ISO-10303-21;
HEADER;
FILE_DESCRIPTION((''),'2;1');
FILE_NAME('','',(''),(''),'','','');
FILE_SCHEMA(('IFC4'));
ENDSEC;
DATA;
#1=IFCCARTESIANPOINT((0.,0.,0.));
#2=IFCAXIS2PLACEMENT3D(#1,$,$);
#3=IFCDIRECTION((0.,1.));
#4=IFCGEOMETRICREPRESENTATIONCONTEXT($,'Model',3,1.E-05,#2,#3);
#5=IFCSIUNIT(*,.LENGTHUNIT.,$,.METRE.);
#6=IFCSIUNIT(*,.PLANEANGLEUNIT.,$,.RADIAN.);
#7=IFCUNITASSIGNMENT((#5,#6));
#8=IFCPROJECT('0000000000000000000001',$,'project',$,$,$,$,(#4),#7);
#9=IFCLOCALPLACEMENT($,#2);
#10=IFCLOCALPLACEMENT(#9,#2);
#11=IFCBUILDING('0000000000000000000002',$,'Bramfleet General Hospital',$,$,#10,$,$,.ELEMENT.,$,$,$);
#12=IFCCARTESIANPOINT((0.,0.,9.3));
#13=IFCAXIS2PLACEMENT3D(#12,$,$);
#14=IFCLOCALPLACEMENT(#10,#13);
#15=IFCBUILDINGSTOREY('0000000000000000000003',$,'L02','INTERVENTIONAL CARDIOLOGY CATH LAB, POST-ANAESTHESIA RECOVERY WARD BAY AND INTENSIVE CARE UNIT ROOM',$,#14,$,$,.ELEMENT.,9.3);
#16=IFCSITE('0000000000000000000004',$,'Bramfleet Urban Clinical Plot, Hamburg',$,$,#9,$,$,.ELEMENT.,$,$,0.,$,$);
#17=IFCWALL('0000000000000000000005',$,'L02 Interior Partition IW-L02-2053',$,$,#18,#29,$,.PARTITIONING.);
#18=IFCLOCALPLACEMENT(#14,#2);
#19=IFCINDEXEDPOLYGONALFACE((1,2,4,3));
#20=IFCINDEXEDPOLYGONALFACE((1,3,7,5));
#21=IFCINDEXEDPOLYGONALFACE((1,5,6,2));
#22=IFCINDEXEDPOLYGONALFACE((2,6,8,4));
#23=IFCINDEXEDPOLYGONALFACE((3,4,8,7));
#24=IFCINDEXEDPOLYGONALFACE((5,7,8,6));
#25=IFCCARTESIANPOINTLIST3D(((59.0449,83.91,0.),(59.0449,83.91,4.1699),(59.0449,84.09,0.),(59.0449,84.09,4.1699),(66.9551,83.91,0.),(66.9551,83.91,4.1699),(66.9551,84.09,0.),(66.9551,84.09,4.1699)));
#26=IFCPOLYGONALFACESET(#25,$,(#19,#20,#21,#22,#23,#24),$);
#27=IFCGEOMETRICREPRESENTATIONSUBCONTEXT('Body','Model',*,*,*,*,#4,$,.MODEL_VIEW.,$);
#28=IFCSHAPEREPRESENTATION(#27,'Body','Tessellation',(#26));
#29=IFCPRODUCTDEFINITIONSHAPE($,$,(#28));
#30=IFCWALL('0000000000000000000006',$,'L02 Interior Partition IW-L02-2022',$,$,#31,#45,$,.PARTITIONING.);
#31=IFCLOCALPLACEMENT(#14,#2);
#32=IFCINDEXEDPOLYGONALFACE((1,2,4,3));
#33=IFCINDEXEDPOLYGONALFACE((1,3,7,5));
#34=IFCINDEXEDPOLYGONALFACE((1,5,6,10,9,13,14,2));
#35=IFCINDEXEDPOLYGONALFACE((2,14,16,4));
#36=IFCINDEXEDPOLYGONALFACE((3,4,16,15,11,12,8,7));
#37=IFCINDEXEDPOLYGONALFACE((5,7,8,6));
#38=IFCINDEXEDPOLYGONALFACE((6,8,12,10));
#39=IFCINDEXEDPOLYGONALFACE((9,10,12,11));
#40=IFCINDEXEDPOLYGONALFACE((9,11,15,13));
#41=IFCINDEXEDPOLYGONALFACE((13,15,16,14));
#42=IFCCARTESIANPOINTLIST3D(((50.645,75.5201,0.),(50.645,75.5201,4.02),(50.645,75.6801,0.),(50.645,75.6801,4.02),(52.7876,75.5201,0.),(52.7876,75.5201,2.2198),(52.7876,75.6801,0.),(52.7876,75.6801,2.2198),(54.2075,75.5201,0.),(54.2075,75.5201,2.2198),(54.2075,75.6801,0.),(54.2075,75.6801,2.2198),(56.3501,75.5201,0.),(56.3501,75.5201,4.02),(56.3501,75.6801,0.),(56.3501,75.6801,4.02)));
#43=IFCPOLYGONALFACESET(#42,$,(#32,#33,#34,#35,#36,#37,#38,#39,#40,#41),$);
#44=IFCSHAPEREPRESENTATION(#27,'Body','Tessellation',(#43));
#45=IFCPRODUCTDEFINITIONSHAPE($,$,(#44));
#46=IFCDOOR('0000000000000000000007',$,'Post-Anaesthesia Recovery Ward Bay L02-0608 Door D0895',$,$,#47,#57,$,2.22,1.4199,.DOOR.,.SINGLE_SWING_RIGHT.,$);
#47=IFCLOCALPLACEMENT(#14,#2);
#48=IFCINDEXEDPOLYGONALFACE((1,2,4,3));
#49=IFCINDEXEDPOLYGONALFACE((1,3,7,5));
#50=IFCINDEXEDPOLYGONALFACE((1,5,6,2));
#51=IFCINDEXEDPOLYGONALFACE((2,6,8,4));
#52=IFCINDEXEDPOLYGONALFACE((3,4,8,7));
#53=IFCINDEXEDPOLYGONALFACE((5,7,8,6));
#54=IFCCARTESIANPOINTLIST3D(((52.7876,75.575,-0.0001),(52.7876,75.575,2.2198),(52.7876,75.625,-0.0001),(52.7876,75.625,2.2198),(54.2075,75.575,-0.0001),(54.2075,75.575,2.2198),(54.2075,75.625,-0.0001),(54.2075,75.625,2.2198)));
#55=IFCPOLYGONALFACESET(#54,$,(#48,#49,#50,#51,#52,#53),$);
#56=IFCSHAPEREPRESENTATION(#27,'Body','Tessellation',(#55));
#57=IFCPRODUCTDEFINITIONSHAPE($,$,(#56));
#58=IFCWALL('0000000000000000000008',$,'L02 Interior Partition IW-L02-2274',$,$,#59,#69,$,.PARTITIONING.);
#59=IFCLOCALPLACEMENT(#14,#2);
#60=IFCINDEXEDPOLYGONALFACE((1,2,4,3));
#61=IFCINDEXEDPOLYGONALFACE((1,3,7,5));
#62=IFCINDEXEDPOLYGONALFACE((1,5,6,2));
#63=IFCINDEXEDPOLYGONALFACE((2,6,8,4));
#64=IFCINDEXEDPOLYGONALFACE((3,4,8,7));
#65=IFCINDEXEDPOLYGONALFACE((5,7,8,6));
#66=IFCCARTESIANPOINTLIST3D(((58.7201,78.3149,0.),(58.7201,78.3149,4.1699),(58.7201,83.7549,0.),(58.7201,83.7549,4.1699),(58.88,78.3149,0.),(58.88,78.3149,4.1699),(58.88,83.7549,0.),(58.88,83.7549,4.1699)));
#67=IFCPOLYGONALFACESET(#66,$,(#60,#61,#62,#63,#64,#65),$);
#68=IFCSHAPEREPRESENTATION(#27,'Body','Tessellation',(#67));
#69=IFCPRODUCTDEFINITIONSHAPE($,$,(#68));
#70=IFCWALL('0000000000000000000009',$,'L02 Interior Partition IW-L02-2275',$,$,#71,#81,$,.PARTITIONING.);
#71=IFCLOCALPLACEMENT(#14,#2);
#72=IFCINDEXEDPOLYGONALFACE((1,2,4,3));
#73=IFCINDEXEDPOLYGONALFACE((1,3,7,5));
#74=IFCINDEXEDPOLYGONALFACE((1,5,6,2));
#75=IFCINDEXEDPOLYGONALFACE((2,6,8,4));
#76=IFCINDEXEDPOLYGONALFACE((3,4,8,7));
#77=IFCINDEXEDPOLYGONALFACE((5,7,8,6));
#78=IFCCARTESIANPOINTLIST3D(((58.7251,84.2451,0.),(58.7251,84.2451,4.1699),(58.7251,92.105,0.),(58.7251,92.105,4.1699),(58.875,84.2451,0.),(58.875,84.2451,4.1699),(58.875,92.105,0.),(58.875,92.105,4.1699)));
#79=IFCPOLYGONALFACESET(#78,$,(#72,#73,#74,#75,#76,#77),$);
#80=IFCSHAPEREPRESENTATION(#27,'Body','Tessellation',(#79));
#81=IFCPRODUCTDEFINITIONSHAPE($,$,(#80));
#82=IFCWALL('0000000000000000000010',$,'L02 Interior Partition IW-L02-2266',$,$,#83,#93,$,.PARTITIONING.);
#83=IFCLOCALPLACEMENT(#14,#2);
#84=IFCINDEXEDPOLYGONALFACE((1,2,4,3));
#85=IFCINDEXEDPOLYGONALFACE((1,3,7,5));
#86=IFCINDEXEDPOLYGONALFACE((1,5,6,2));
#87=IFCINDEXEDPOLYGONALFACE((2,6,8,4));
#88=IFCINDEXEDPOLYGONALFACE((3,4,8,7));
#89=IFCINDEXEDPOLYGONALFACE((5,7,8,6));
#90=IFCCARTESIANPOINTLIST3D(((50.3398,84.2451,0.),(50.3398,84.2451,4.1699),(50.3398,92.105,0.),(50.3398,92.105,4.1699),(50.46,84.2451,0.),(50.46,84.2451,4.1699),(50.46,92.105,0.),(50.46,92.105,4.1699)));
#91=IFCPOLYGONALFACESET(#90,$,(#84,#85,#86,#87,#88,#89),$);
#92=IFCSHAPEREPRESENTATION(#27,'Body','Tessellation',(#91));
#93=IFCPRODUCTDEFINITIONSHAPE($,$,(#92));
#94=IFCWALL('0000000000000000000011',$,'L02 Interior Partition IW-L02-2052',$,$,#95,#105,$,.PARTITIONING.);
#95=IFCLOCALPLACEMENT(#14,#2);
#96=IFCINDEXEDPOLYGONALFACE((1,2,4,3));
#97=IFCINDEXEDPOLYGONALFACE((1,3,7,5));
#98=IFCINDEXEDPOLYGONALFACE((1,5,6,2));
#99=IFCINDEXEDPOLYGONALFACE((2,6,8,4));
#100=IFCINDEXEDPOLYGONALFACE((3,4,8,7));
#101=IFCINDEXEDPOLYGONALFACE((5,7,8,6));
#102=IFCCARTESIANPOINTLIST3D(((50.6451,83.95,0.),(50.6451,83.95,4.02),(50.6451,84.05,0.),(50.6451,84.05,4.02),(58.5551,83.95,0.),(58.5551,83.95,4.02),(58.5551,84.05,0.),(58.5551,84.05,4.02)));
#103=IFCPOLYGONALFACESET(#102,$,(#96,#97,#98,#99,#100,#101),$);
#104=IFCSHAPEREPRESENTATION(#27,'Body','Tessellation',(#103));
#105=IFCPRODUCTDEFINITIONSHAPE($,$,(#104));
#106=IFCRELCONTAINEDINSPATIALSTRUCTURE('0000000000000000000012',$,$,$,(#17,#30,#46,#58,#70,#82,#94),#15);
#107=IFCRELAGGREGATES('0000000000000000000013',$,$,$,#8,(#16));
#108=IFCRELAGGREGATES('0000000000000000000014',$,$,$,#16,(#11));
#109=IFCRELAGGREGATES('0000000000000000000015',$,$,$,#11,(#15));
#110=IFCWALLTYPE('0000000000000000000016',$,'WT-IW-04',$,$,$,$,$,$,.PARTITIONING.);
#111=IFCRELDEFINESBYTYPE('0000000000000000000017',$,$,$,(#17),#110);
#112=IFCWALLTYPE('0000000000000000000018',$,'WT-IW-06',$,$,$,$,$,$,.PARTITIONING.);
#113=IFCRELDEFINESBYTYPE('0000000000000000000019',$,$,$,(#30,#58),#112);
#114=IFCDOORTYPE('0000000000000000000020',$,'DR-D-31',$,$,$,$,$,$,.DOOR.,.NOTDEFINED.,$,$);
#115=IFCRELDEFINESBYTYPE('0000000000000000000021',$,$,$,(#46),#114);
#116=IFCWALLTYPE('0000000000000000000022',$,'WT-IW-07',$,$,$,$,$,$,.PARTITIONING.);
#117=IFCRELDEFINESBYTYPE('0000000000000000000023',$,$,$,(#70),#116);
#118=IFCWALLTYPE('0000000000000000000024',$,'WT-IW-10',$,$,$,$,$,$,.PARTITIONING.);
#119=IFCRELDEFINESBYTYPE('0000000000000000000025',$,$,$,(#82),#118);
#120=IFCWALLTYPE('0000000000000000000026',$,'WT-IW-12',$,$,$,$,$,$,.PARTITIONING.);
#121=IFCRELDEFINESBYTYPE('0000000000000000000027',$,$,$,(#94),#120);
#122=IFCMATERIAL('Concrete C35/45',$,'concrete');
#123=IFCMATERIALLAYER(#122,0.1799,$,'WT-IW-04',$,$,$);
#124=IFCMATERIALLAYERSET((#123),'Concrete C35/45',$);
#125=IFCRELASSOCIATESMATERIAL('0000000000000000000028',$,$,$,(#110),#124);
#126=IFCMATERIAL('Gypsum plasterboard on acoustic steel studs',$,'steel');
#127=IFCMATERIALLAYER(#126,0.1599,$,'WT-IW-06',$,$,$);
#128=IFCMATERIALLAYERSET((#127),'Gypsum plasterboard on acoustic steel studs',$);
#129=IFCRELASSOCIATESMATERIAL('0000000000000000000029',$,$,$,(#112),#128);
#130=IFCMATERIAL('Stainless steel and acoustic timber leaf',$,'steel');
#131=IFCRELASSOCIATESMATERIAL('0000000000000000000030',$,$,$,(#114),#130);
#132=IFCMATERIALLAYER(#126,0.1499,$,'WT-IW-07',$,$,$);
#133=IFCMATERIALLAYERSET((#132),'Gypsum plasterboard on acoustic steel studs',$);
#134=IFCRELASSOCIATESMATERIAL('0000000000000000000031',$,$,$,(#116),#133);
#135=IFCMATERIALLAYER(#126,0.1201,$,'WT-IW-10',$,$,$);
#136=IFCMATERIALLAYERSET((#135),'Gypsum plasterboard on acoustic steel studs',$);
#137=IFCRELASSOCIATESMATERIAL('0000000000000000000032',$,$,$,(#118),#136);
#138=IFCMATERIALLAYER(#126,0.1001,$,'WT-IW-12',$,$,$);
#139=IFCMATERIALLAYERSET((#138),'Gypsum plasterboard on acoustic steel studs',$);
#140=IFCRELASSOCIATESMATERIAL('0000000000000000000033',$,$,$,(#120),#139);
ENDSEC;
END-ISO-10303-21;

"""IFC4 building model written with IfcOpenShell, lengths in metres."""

from ifc_helpers import new_model, si_unit, direction, frame, frame_2d, origin, place, context, subcontext, project, spatial, rectangle, extrude, material, layer, layer_set, type_object, element, fill, save


model = new_model("IFC4")

# Units and contexts
model_context = context("Model", 3, precision=1e-05, world=origin(), true_north=direction((0.0, 1.0)))
body_context = subcontext(model_context, "Body", "Model", "MODEL_VIEW")
ifc_project = project(units=[si_unit("LENGTHUNIT", "METRE"), si_unit("PLANEANGLEUNIT", "RADIAN")], contexts=[model_context])

# Site, building, storey
site_placement = place(None, origin())
site = spatial("IfcSite", under=ifc_project, at=site_placement, Name="Bramfleet Urban Clinical Plot, Hamburg", CompositionType="ELEMENT", RefElevation=0.0)
building_placement = place(site_placement, origin())
building = spatial("IfcBuilding", under=site, at=building_placement, Name="Bramfleet General Hospital", CompositionType="ELEMENT")
storey_placement = place(building_placement, frame((0.0, 0.0, 9.3)))
storey = spatial("IfcBuildingStorey", under=building, at=storey_placement, Name="L02", Description="INTERVENTIONAL CARDIOLOGY CATH LAB, POST-ANAESTHESIA RECOVERY WARD BAY AND INTENSIVE CARE UNIT ROOM", CompositionType="ELEMENT", Elevation=9.3)

# Shared definitions
ifc_material_1 = material(Name="Concrete C35/45", Category="concrete")

# Shared definitions
ifc_material_2 = material(Name="Stainless steel and acoustic timber leaf", Category="steel")
ifc_layer_1 = layer(ifc_material_1, 0.1799, Name="WT-IW-04")
ifc_layer_set_1 = layer_set([ifc_layer_1], Name="Concrete C35/45")
wall_type_1 = type_object("IfcWallType", Name="WT-IW-04", PredefinedType="PARTITIONING", material=ifc_layer_set_1)

# Wall
wall_1_placement = place(storey_placement, frame((59.0449, 84.0, 0.0), z_axis=(0.0, 0.0, 1.0), x_axis=(1.0, 0.0, 0.0)))
element("IfcWall", 1, at=wall_1_placement, inside=storey, type_object=wall_type_1, Name="L02 Interior Partition IW-L02-2053", PredefinedType="PARTITIONING", context=body_context, shape_type="SweptSolid", body=[
    extrude(rectangle(XDim=7.9102, YDim=0.1799, at=frame_2d((3.9551, 0.0))), origin(), (0.0, 0.0, 1.0), 4.1699),
])

# Wall, opening, door
ifc_material_3 = material(Name="Gypsum plasterboard on acoustic steel studs", Category="steel")
ifc_layer_2 = layer(ifc_material_3, 0.1599, Name="WT-IW-06")
ifc_layer_set_2 = layer_set([ifc_layer_2], Name="Gypsum plasterboard on acoustic steel studs")
wall_type_2 = type_object("IfcWallType", Name="WT-IW-06", PredefinedType="PARTITIONING", material=ifc_layer_set_2)
wall_2_placement = place(storey_placement, frame((50.645, 75.6001, 0.0), z_axis=(0.0, 0.0, 1.0), x_axis=(1.0, 0.0, 0.0)))
wall_2 = element("IfcWall", 2, at=wall_2_placement, inside=storey, type_object=wall_type_2, Name="L02 Interior Partition IW-L02-2022", PredefinedType="PARTITIONING", context=body_context, shape_type="SweptSolid", body=[
    extrude(rectangle(XDim=5.7051, YDim=0.1599, at=frame_2d((2.8525, 0.0))), origin(), (0.0, 0.0, 1.0), 4.02),
])
opening_1_placement = place(wall_2_placement, frame((2.1426, 0.0, 0.0)))
opening_1 = element("IfcOpeningElement", 3, at=opening_1_placement, cuts=wall_2, PredefinedType="OPENING", context=body_context, shape_type="SweptSolid", body=[
    extrude(rectangle(XDim=1.4199, YDim=2.22, at=frame_2d((0.71, 1.1099))), frame((0.0, 0.0898, 0.0), z_axis=(0.0, -1.0, 0.0), x_axis=(1.0, 0.0, 0.0)), (0.0, 0.0, 1.0), 0.1799),
])
door_type_1 = type_object("IfcDoorType", Name="DR-D-31", OperationType="NOTDEFINED", PredefinedType="DOOR", material=ifc_material_2)
door_1_placement = place(opening_1_placement, origin())
door_1 = element("IfcDoor", 4, at=door_1_placement, inside=storey, type_object=door_type_1, Name="Post-Anaesthesia Recovery Ward Bay L02-0608 Door D0895", OperationType="SINGLE_SWING_RIGHT", OverallHeight=2.22, OverallWidth=1.4199, PredefinedType="DOOR", context=body_context, shape_type="SweptSolid", body=[
    extrude(rectangle(XDim=1.4199, YDim=2.22, at=frame_2d((0.71, 1.1099))), frame((0.0, 0.0249, 0.0), z_axis=(0.0, -1.0, 0.0), x_axis=(1.0, 0.0, 0.0)), (0.0, 0.0, 1.0), 0.05),
])
fill(opening_1, door_1)

# Walls
wall_3_placement = place(storey_placement, frame((58.8, 78.3149, 0.0), z_axis=(0.0, 0.0, 1.0), x_axis=(0.0, 1.0, 0.0)))
element("IfcWall", 5, at=wall_3_placement, inside=storey, type_object=wall_type_2, Name="L02 Interior Partition IW-L02-2274", PredefinedType="PARTITIONING", context=body_context, shape_type="SweptSolid", body=[
    extrude(rectangle(XDim=5.4399, YDim=0.1599, at=frame_2d((2.72, 0.0))), origin(), (0.0, 0.0, 1.0), 4.1699),
])
ifc_layer_3 = layer(ifc_material_3, 0.1499, Name="WT-IW-07")
ifc_layer_set_3 = layer_set([ifc_layer_3], Name="Gypsum plasterboard on acoustic steel studs")
wall_type_3 = type_object("IfcWallType", Name="WT-IW-07", PredefinedType="PARTITIONING", material=ifc_layer_set_3)
wall_4_placement = place(storey_placement, frame((58.8, 84.2451, 0.0), z_axis=(0.0, 0.0, 1.0), x_axis=(0.0, 1.0, 0.0)))
element("IfcWall", 6, at=wall_4_placement, inside=storey, type_object=wall_type_3, Name="L02 Interior Partition IW-L02-2275", PredefinedType="PARTITIONING", context=body_context, shape_type="SweptSolid", body=[
    extrude(rectangle(XDim=7.8599, YDim=0.1499, at=frame_2d((3.9299, 0.0))), origin(), (0.0, 0.0, 1.0), 4.1699),
])
ifc_layer_4 = layer(ifc_material_3, 0.1201, Name="WT-IW-10")
ifc_layer_set_4 = layer_set([ifc_layer_4], Name="Gypsum plasterboard on acoustic steel studs")
wall_type_4 = type_object("IfcWallType", Name="WT-IW-10", PredefinedType="PARTITIONING", material=ifc_layer_set_4)
wall_5_placement = place(storey_placement, frame((50.3999, 84.2451, 0.0), z_axis=(0.0, 0.0, 1.0), x_axis=(0.0, 1.0, 0.0)))
element("IfcWall", 7, at=wall_5_placement, inside=storey, type_object=wall_type_4, Name="L02 Interior Partition IW-L02-2266", PredefinedType="PARTITIONING", context=body_context, shape_type="SweptSolid", body=[
    extrude(rectangle(XDim=7.8599, YDim=0.1201, at=frame_2d((3.9299, 0.0))), origin(), (0.0, 0.0, 1.0), 4.1699),
])
ifc_layer_5 = layer(ifc_material_3, 0.1001, Name="WT-IW-12")
ifc_layer_set_5 = layer_set([ifc_layer_5], Name="Gypsum plasterboard on acoustic steel studs")
wall_type_5 = type_object("IfcWallType", Name="WT-IW-12", PredefinedType="PARTITIONING", material=ifc_layer_set_5)
wall_6_placement = place(storey_placement, frame((50.645, 84.0, 0.0), z_axis=(0.0, 0.0, 1.0), x_axis=(1.0, 0.0, 0.0)))
element("IfcWall", 8, at=wall_6_placement, inside=storey, type_object=wall_type_5, Name="L02 Interior Partition IW-L02-2052", PredefinedType="PARTITIONING", context=body_context, shape_type="SweptSolid", body=[
    extrude(rectangle(XDim=7.9099, YDim=0.1001, at=frame_2d((3.9551, 0.0))), origin(), (0.0, 0.0, 1.0), 4.02),
])

save(model, "model.ifc")
